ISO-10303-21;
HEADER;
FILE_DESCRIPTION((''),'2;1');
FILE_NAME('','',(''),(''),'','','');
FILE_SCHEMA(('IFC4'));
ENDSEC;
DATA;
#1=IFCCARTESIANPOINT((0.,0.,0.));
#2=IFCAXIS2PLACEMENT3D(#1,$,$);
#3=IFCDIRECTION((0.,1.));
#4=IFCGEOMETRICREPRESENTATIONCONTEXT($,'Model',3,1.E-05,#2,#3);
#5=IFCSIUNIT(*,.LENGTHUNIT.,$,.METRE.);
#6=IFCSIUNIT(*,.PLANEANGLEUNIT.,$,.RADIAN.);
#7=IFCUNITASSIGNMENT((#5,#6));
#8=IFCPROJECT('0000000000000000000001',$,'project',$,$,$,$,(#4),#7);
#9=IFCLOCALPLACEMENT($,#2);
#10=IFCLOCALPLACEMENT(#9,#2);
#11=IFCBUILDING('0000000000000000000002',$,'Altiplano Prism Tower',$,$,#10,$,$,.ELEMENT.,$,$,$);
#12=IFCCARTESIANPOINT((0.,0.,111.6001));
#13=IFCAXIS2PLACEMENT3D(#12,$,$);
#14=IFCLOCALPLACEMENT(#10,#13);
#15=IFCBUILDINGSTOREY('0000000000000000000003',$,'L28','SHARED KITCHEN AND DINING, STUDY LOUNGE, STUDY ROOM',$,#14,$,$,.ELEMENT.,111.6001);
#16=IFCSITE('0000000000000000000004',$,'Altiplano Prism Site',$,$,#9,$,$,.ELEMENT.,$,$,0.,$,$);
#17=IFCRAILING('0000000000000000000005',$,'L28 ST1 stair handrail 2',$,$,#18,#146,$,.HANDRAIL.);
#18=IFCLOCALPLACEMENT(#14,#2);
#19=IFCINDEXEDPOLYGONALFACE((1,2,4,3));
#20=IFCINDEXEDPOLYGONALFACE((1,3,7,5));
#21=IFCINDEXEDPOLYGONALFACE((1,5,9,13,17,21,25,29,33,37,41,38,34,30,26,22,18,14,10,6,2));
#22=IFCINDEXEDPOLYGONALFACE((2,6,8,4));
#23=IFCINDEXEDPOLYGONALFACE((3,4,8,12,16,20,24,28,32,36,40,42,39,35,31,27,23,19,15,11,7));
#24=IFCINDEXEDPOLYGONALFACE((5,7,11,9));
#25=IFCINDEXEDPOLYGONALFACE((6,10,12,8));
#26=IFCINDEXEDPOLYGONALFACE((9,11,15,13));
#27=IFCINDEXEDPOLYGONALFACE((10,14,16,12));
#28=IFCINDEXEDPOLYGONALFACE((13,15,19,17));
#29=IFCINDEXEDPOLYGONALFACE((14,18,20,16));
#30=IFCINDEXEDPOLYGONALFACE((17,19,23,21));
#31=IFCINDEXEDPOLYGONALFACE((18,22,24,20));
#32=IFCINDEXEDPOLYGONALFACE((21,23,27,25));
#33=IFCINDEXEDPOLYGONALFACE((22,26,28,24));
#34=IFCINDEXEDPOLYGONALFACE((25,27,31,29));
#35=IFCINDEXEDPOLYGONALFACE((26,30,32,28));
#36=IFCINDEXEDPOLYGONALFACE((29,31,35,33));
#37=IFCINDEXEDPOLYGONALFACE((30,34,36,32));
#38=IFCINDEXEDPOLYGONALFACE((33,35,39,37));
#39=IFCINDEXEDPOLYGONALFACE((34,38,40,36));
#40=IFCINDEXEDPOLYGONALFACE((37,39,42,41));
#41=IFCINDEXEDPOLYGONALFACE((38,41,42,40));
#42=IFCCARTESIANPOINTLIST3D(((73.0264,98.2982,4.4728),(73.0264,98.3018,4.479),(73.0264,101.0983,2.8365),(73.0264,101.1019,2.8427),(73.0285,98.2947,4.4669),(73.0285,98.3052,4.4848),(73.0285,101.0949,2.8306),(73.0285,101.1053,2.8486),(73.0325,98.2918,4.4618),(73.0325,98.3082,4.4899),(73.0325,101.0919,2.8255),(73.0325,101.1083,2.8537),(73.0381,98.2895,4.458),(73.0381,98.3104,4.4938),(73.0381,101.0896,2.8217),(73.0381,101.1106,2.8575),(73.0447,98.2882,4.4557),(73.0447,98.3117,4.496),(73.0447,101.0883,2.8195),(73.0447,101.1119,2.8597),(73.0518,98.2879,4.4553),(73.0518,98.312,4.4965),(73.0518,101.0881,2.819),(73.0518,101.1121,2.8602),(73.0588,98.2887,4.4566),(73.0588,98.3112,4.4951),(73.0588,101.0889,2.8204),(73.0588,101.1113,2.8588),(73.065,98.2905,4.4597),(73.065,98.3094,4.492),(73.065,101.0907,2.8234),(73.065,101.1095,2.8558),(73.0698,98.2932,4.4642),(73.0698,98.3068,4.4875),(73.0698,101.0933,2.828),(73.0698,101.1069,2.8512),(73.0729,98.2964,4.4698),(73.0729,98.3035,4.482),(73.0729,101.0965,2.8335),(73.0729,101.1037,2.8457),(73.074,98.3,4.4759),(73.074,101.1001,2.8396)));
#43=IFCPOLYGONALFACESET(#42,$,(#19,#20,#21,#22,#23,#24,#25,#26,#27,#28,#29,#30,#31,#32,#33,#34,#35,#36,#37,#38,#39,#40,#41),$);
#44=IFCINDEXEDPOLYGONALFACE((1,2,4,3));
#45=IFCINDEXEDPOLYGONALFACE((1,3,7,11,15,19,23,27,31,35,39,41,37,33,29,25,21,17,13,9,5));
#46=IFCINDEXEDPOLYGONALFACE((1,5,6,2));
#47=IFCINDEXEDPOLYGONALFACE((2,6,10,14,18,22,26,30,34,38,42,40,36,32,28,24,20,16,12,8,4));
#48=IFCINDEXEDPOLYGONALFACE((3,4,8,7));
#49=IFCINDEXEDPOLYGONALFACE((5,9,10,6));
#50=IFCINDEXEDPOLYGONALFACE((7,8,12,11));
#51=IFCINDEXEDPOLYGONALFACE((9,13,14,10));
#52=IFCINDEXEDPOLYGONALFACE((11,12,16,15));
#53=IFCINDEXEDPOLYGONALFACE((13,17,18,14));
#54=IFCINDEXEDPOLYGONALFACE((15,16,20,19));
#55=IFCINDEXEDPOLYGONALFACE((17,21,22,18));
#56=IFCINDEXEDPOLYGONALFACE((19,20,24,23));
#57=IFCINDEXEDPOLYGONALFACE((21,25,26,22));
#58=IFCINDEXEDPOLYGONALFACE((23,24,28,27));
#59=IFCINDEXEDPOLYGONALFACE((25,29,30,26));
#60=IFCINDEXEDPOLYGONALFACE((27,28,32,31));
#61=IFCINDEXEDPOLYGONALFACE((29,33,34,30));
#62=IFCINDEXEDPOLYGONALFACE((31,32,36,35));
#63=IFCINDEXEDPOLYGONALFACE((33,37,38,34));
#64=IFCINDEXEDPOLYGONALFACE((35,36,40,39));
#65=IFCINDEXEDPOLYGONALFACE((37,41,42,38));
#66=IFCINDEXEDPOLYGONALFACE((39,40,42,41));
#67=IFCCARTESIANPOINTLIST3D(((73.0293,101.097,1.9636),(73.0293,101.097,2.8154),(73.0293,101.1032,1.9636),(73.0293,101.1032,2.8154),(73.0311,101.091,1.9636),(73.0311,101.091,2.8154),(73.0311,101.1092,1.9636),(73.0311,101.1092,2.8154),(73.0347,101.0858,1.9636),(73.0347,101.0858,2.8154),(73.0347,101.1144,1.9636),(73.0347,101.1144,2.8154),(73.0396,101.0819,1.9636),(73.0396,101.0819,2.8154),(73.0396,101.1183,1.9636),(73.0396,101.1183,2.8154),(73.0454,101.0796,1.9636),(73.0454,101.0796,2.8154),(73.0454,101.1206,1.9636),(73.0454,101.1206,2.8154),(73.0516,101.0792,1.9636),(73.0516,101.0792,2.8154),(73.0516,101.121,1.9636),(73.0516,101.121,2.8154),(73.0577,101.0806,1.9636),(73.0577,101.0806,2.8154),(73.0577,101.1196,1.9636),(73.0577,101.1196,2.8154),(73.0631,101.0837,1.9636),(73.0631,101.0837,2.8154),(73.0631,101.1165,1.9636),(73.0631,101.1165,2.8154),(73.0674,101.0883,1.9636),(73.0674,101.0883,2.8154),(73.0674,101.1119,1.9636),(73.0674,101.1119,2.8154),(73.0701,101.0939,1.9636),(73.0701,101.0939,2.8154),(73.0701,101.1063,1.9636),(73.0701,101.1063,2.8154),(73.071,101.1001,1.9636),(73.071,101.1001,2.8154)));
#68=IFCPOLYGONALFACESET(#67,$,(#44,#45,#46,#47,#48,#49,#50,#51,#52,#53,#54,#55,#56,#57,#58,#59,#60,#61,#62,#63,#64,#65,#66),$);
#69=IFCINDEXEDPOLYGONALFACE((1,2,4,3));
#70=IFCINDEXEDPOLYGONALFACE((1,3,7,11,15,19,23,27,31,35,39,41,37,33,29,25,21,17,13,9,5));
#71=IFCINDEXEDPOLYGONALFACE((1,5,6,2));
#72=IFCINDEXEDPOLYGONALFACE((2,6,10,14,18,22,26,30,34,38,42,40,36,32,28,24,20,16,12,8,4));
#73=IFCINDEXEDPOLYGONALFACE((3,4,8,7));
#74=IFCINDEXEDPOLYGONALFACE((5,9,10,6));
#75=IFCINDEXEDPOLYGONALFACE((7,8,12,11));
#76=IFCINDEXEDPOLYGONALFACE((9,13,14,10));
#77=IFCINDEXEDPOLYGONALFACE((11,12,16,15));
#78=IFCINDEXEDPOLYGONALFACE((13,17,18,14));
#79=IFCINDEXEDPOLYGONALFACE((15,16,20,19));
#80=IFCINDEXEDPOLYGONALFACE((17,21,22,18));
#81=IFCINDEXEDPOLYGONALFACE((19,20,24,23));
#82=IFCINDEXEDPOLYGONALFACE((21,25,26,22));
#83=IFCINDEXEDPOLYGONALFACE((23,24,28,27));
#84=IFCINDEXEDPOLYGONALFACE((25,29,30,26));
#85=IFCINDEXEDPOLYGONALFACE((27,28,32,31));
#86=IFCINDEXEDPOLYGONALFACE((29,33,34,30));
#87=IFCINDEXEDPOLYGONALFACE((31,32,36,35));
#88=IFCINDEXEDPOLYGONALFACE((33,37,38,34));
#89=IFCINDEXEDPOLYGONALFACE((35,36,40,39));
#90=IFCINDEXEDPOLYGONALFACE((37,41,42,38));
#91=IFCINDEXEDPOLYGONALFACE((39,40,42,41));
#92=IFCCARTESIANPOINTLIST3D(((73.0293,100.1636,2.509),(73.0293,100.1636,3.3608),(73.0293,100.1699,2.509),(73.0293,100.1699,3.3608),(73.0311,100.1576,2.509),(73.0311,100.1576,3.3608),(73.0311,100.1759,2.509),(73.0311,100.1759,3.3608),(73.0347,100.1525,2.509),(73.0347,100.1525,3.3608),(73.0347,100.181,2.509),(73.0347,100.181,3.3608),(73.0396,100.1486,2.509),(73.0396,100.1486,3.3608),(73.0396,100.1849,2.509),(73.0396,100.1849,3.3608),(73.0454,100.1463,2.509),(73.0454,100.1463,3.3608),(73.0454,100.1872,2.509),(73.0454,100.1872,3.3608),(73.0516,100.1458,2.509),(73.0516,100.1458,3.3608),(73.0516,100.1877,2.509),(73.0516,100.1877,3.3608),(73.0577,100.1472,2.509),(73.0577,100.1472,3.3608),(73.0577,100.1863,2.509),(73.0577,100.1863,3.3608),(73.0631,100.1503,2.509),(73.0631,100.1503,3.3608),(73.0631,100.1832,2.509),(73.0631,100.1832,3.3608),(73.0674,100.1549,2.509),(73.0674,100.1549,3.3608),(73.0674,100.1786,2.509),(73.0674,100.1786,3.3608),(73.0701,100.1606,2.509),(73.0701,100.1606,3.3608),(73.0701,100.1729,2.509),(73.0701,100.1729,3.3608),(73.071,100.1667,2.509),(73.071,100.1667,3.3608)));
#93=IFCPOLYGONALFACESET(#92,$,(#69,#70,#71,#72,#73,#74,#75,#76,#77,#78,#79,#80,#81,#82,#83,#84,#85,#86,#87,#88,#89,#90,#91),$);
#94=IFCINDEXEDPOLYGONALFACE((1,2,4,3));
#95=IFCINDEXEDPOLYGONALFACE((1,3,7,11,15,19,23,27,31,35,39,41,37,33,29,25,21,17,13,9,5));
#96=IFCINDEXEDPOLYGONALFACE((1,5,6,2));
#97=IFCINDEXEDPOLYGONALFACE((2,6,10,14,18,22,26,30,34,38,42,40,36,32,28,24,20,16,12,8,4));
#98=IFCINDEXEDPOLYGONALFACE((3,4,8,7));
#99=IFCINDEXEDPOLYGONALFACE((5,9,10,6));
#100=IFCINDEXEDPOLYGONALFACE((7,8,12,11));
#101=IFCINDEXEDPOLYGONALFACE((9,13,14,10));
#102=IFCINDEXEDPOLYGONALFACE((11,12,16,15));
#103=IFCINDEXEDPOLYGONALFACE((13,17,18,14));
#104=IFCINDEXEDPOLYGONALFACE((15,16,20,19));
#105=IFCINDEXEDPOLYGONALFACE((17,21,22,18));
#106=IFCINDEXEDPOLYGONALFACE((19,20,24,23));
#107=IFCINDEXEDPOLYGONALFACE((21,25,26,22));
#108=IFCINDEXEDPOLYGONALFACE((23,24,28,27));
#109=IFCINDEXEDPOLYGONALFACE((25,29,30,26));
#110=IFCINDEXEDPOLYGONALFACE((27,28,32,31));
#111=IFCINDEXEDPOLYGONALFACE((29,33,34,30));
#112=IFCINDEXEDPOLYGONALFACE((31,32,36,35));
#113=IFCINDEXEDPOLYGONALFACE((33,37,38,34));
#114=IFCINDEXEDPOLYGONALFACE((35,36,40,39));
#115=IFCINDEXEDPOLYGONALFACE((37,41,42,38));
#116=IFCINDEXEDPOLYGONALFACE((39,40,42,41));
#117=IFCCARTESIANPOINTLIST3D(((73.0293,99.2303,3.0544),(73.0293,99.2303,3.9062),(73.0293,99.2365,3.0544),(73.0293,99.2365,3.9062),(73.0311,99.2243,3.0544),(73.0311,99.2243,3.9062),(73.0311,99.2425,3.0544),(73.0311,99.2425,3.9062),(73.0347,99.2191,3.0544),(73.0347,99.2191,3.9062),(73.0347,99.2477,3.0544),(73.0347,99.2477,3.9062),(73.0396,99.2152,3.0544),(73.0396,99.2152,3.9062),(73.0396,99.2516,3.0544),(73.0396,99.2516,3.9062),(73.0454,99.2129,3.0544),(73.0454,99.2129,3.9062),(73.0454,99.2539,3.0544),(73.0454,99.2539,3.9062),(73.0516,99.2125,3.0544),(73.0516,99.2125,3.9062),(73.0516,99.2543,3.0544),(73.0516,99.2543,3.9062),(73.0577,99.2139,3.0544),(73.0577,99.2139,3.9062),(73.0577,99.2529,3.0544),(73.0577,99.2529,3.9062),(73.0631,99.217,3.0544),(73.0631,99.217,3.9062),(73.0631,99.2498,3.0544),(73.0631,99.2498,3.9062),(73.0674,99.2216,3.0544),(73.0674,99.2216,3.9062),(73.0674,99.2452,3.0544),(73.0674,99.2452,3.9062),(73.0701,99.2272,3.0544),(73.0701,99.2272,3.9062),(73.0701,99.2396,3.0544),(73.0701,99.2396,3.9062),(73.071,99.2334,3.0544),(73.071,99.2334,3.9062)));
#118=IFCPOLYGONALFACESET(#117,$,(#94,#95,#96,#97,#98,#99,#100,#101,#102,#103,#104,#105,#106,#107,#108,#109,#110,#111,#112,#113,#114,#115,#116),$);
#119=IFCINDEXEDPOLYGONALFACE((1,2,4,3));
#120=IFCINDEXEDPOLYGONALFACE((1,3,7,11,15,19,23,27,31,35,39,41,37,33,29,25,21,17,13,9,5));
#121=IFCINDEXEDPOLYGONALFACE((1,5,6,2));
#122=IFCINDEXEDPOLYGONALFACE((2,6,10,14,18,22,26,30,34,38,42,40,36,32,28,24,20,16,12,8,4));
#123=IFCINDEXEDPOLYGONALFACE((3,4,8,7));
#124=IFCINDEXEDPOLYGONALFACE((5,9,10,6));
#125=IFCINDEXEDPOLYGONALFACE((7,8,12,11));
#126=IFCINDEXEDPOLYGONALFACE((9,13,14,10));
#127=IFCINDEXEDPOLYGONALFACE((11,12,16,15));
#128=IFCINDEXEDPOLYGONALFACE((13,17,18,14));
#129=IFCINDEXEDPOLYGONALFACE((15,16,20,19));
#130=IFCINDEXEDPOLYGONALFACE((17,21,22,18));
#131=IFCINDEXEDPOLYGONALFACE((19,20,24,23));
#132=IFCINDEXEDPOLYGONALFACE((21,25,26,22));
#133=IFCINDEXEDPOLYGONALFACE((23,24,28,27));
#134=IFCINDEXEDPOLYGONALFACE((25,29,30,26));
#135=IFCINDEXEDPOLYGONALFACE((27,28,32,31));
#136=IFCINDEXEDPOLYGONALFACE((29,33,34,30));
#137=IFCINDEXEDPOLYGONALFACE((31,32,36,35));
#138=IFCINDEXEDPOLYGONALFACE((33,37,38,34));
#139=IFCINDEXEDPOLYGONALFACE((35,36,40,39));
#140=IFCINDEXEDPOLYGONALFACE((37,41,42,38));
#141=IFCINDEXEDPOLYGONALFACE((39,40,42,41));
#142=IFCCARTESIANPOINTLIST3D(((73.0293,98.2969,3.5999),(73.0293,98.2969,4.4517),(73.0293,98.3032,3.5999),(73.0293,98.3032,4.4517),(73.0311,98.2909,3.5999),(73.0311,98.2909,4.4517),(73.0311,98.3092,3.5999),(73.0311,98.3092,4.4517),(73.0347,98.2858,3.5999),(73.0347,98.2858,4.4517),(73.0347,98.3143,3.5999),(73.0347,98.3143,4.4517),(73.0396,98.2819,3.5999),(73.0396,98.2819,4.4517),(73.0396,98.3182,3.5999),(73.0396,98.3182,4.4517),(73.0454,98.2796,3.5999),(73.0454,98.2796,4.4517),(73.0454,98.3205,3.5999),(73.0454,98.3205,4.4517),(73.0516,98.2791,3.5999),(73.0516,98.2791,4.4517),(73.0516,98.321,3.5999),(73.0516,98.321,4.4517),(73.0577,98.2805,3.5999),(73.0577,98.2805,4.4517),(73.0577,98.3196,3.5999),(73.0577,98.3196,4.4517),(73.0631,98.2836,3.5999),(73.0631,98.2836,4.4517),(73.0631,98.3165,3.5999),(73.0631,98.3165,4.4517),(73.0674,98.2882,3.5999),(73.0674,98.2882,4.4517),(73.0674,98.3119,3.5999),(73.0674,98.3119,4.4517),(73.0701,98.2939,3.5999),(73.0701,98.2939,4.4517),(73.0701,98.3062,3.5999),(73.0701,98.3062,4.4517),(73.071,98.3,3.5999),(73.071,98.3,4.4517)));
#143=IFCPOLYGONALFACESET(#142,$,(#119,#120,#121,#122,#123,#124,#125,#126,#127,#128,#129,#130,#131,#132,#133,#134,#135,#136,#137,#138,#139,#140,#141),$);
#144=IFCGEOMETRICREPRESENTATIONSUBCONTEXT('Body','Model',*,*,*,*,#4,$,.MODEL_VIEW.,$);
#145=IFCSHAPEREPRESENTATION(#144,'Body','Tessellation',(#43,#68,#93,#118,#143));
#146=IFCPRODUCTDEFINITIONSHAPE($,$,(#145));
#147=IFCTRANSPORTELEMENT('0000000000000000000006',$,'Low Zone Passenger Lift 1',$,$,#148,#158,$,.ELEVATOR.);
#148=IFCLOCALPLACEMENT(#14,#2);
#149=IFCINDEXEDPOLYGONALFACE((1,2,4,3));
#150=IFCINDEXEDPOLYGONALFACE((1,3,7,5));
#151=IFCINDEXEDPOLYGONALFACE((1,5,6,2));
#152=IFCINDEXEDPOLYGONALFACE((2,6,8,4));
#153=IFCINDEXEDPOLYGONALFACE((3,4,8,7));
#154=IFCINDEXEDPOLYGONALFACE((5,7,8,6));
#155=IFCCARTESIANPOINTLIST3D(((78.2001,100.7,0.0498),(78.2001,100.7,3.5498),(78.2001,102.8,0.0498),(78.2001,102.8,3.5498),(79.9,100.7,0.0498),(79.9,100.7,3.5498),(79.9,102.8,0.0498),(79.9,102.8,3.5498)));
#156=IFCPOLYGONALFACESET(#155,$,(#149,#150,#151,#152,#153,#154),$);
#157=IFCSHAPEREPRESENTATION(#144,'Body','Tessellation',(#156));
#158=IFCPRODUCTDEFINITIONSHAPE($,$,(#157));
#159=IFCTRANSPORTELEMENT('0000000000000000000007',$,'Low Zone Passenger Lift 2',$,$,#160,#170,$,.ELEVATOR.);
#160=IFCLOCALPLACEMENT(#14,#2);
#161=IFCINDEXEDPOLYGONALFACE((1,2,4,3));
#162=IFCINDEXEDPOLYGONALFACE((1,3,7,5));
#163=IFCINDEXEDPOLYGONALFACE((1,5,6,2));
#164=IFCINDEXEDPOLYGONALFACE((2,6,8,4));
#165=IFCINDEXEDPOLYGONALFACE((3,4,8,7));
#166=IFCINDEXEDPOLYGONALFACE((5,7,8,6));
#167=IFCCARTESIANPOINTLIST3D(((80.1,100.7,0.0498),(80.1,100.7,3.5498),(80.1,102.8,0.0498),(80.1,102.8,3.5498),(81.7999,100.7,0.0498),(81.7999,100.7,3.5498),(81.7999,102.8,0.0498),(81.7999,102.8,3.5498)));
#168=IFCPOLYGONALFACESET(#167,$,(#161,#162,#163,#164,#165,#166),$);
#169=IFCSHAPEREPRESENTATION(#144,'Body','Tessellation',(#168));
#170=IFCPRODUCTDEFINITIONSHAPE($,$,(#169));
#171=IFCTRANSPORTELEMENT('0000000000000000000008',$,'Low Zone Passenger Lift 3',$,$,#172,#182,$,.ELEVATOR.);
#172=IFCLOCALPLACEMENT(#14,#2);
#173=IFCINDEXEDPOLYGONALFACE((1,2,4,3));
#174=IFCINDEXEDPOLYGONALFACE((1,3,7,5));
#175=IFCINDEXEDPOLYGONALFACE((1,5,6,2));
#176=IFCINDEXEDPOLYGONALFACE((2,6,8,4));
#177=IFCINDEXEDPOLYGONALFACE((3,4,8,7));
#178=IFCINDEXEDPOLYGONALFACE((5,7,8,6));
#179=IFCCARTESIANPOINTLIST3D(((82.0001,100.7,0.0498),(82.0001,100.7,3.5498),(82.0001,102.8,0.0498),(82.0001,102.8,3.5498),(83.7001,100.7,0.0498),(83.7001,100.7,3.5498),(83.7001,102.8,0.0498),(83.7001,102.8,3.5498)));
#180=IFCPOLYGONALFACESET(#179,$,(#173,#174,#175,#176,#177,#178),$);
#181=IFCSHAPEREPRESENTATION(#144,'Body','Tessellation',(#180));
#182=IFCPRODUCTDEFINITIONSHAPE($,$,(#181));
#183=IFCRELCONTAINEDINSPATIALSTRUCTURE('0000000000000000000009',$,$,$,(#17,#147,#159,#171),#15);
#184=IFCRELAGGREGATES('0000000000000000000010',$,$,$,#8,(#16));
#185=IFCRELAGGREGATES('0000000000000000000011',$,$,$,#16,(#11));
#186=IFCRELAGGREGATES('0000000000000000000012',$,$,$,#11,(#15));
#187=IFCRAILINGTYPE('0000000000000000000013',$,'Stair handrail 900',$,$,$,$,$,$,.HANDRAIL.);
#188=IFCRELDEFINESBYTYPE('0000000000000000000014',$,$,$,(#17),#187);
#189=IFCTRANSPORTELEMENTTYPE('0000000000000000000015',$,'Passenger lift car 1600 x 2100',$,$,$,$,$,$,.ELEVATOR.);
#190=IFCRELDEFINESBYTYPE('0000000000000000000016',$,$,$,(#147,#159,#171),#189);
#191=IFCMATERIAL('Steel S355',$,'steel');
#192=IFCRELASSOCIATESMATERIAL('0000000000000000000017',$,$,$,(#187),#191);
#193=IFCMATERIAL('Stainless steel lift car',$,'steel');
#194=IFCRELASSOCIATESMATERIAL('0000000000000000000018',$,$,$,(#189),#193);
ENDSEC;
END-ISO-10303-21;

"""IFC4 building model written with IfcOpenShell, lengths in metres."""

from ifc_helpers import new_model, si_unit, direction, frame, origin, origin_2d, place, context, subcontext, project, spatial, rectangle, circle, extrude, material, type_object, element, save


model = new_model("IFC4")

# Units and contexts
model_context = context("Model", 3, precision=1e-05, world=origin(), true_north=direction((0.0, 1.0)))
body_context = subcontext(model_context, "Body", "Model", "MODEL_VIEW")
ifc_project = project(units=[si_unit("LENGTHUNIT", "METRE"), si_unit("PLANEANGLEUNIT", "RADIAN")], contexts=[model_context])

# Site, building, storey
site_placement = place(None, origin())
site = spatial("IfcSite", under=ifc_project, at=site_placement, Name="Altiplano Prism Site", CompositionType="ELEMENT", RefElevation=0.0)
building_placement = place(site_placement, origin())
building = spatial("IfcBuilding", under=site, at=building_placement, Name="Altiplano Prism Tower", CompositionType="ELEMENT")
storey_placement = place(building_placement, frame((0.0, 0.0, 111.6001)))
storey = spatial("IfcBuildingStorey", under=building, at=storey_placement, Name="L28", Description="SHARED KITCHEN AND DINING, STUDY LOUNGE, STUDY ROOM", CompositionType="ELEMENT", Elevation=111.6001)

# Railing
ifc_material_1 = material(Name="Steel S355", Category="steel")
railing_type = type_object("IfcRailingType", Name="Stair handrail 900", PredefinedType="HANDRAIL", material=ifc_material_1)
railing_1_placement = place(storey_placement, frame((73.05, 101.1001, 1.9636)))
element("IfcRailing", 1, at=railing_1_placement, inside=storey, type_object=railing_type, Name="L28 ST1 stair handrail 2", PredefinedType="HANDRAIL", context=body_context, shape_type="SweptSolid", body=[
    extrude(circle(Radius=0.0239, at=origin_2d()), frame((0.0, 0.0, 0.876), z_axis=(0.0, -0.863394, 0.504531), x_axis=(1.0, 0.0, 0.0)), (0.0, 0.0, 1.0), 3.2432),
    extrude(circle(Radius=0.021, at=origin_2d()), origin(), (0.0, 0.0, 1.0), 0.8518),
    extrude(circle(Radius=0.021, at=origin_2d()), frame((0.0, -0.9333, 0.5454)), (0.0, 0.0, 1.0), 0.8518),
    extrude(circle(Radius=0.021, at=origin_2d()), frame((0.0, -1.8667, 1.0908)), (0.0, 0.0, 1.0), 0.8518),
    extrude(circle(Radius=0.021, at=origin_2d()), frame((0.0, -2.8, 1.6362)), (0.0, 0.0, 1.0), 0.8518),
])

# Transport elements
ifc_material_2 = material(Name="Stainless steel lift car", Category="steel")
transport_element_type = type_object("IfcTransportElementType", Name="Passenger lift car 1600 x 2100", PredefinedType="ELEVATOR", material=ifc_material_2)
for number, where, z_axis, x_axis, name in (
    (2, (79.05, 101.75, 0.0498), (0.0, 0.0, 1.0), (1.0, 0.0, 0.0), "Low Zone Passenger Lift 1"),
    (3, (80.95, 101.75, 0.0498), (0.0, 0.0, 1.0), (1.0, 0.0, 0.0), "Low Zone Passenger Lift 2"),
    (4, (82.8501, 101.75, 0.0498), (0.0, 0.0, 1.0), (1.0, 0.0, 0.0), "Low Zone Passenger Lift 3"),
):
    element("IfcTransportElement", number, at=place(storey_placement, frame(where, z_axis=z_axis, x_axis=x_axis)), inside=storey, type_object=transport_element_type, Name=name, PredefinedType="ELEVATOR", context=body_context, shape_type="SweptSolid", body=[
        extrude(rectangle(XDim=1.7, YDim=2.1001, at=origin_2d()), origin(), (0.0, 0.0, 1.0), 3.5),
    ])

save(model, "model.ifc")
